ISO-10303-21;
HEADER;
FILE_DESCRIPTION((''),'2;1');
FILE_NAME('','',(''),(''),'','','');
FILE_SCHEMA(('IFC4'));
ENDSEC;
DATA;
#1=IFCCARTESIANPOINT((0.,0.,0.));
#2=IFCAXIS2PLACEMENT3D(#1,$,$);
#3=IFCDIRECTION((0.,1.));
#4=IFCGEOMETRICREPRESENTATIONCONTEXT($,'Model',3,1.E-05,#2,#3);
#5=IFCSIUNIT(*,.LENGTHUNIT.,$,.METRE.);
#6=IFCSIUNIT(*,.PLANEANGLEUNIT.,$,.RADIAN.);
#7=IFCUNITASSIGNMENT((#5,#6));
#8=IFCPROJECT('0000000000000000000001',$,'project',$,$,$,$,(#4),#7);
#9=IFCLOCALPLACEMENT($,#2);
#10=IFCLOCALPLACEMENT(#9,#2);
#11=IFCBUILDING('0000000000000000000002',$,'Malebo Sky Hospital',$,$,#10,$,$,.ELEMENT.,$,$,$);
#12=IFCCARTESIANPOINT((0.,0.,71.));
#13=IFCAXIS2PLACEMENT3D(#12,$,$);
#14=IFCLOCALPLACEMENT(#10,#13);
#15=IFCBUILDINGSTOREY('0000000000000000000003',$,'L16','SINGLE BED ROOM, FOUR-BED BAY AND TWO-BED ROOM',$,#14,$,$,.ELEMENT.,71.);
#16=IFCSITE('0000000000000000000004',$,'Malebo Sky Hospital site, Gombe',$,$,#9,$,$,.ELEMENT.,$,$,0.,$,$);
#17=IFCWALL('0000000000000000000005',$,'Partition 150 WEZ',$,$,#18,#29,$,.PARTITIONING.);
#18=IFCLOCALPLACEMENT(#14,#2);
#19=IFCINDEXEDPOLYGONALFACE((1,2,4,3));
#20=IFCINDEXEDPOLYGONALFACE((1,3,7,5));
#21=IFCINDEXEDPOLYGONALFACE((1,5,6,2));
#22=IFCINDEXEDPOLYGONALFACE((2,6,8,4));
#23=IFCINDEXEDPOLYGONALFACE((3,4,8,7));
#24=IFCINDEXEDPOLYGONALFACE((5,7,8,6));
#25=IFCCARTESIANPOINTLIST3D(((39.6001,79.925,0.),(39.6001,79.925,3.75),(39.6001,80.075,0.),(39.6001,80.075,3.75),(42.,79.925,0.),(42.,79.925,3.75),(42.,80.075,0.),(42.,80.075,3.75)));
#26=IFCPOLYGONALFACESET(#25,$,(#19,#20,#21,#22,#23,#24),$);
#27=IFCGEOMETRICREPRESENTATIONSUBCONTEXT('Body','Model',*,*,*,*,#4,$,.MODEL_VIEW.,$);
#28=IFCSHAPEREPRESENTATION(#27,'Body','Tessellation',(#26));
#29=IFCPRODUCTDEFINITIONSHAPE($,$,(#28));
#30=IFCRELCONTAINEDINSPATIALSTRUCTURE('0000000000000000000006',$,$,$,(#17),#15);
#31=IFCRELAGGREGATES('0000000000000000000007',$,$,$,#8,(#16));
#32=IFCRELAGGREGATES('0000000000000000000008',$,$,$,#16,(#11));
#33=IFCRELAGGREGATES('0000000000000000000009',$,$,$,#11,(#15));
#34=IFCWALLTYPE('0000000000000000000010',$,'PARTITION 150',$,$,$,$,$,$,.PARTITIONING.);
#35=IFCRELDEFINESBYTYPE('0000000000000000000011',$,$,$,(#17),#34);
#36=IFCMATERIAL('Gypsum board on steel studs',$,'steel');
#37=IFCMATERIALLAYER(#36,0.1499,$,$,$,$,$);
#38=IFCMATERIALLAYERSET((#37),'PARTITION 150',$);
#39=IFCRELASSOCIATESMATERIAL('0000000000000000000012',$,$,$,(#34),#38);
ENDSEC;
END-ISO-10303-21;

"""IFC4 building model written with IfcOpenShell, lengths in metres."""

from ifc_helpers import new_model, si_unit, direction, frame, frame_2d, origin, place, context, subcontext, project, spatial, rectangle, extrude, material, layer, layer_set, type_object, element, save


model = new_model("IFC4")

# Units and contexts
model_context = context("Model", 3, precision=1e-05, world=origin(), true_north=direction((0.0, 1.0)))
body_context = subcontext(model_context, "Body", "Model", "MODEL_VIEW")
ifc_project = project(units=[si_unit("LENGTHUNIT", "METRE"), si_unit("PLANEANGLEUNIT", "RADIAN")], contexts=[model_context])

# Site, building, storey
site_placement = place(None, origin())
site = spatial("IfcSite", under=ifc_project, at=site_placement, Name="Malebo Sky Hospital site, Gombe", CompositionType="ELEMENT", RefElevation=0.0)
building_placement = place(site_placement, origin())
building = spatial("IfcBuilding", under=site, at=building_placement, Name="Malebo Sky Hospital", CompositionType="ELEMENT")
storey_placement = place(building_placement, frame((0.0, 0.0, 71.0)))
storey = spatial("IfcBuildingStorey", under=building, at=storey_placement, Name="L16", Description="SINGLE BED ROOM, FOUR-BED BAY AND TWO-BED ROOM", CompositionType="ELEMENT", Elevation=71.0)

# Shared definitions
ifc_material_1 = material(Name="Gypsum board on steel studs", Category="steel")

# Shared definitions
ifc_layer_1 = layer(ifc_material_1, 0.1499)
ifc_layer_set_1 = layer_set([ifc_layer_1], Name="PARTITION 150")
wall_type_1 = type_object("IfcWallType", Name="PARTITION 150", PredefinedType="PARTITIONING", material=ifc_layer_set_1)

# Wall
for number, where, z_axis, x_axis, name in (
    (1, (42.0, 80.0, 0.0), (0.0, 0.0, 1.0), (-1.0, 0.0, 0.0), "Partition 150 WEZ"),
):
    element("IfcWall", number, at=place(storey_placement, frame(where, z_axis=z_axis, x_axis=x_axis)), inside=storey, type_object=wall_type_1, Name=name, PredefinedType="PARTITIONING", context=body_context, shape_type="SweptSolid", body=[
        extrude(rectangle(XDim=2.3999, YDim=0.1499, at=frame_2d((1.2, 0.0))), origin(), (0.0, 0.0, 1.0), 3.75),
    ])

save(model, "model.ifc")
